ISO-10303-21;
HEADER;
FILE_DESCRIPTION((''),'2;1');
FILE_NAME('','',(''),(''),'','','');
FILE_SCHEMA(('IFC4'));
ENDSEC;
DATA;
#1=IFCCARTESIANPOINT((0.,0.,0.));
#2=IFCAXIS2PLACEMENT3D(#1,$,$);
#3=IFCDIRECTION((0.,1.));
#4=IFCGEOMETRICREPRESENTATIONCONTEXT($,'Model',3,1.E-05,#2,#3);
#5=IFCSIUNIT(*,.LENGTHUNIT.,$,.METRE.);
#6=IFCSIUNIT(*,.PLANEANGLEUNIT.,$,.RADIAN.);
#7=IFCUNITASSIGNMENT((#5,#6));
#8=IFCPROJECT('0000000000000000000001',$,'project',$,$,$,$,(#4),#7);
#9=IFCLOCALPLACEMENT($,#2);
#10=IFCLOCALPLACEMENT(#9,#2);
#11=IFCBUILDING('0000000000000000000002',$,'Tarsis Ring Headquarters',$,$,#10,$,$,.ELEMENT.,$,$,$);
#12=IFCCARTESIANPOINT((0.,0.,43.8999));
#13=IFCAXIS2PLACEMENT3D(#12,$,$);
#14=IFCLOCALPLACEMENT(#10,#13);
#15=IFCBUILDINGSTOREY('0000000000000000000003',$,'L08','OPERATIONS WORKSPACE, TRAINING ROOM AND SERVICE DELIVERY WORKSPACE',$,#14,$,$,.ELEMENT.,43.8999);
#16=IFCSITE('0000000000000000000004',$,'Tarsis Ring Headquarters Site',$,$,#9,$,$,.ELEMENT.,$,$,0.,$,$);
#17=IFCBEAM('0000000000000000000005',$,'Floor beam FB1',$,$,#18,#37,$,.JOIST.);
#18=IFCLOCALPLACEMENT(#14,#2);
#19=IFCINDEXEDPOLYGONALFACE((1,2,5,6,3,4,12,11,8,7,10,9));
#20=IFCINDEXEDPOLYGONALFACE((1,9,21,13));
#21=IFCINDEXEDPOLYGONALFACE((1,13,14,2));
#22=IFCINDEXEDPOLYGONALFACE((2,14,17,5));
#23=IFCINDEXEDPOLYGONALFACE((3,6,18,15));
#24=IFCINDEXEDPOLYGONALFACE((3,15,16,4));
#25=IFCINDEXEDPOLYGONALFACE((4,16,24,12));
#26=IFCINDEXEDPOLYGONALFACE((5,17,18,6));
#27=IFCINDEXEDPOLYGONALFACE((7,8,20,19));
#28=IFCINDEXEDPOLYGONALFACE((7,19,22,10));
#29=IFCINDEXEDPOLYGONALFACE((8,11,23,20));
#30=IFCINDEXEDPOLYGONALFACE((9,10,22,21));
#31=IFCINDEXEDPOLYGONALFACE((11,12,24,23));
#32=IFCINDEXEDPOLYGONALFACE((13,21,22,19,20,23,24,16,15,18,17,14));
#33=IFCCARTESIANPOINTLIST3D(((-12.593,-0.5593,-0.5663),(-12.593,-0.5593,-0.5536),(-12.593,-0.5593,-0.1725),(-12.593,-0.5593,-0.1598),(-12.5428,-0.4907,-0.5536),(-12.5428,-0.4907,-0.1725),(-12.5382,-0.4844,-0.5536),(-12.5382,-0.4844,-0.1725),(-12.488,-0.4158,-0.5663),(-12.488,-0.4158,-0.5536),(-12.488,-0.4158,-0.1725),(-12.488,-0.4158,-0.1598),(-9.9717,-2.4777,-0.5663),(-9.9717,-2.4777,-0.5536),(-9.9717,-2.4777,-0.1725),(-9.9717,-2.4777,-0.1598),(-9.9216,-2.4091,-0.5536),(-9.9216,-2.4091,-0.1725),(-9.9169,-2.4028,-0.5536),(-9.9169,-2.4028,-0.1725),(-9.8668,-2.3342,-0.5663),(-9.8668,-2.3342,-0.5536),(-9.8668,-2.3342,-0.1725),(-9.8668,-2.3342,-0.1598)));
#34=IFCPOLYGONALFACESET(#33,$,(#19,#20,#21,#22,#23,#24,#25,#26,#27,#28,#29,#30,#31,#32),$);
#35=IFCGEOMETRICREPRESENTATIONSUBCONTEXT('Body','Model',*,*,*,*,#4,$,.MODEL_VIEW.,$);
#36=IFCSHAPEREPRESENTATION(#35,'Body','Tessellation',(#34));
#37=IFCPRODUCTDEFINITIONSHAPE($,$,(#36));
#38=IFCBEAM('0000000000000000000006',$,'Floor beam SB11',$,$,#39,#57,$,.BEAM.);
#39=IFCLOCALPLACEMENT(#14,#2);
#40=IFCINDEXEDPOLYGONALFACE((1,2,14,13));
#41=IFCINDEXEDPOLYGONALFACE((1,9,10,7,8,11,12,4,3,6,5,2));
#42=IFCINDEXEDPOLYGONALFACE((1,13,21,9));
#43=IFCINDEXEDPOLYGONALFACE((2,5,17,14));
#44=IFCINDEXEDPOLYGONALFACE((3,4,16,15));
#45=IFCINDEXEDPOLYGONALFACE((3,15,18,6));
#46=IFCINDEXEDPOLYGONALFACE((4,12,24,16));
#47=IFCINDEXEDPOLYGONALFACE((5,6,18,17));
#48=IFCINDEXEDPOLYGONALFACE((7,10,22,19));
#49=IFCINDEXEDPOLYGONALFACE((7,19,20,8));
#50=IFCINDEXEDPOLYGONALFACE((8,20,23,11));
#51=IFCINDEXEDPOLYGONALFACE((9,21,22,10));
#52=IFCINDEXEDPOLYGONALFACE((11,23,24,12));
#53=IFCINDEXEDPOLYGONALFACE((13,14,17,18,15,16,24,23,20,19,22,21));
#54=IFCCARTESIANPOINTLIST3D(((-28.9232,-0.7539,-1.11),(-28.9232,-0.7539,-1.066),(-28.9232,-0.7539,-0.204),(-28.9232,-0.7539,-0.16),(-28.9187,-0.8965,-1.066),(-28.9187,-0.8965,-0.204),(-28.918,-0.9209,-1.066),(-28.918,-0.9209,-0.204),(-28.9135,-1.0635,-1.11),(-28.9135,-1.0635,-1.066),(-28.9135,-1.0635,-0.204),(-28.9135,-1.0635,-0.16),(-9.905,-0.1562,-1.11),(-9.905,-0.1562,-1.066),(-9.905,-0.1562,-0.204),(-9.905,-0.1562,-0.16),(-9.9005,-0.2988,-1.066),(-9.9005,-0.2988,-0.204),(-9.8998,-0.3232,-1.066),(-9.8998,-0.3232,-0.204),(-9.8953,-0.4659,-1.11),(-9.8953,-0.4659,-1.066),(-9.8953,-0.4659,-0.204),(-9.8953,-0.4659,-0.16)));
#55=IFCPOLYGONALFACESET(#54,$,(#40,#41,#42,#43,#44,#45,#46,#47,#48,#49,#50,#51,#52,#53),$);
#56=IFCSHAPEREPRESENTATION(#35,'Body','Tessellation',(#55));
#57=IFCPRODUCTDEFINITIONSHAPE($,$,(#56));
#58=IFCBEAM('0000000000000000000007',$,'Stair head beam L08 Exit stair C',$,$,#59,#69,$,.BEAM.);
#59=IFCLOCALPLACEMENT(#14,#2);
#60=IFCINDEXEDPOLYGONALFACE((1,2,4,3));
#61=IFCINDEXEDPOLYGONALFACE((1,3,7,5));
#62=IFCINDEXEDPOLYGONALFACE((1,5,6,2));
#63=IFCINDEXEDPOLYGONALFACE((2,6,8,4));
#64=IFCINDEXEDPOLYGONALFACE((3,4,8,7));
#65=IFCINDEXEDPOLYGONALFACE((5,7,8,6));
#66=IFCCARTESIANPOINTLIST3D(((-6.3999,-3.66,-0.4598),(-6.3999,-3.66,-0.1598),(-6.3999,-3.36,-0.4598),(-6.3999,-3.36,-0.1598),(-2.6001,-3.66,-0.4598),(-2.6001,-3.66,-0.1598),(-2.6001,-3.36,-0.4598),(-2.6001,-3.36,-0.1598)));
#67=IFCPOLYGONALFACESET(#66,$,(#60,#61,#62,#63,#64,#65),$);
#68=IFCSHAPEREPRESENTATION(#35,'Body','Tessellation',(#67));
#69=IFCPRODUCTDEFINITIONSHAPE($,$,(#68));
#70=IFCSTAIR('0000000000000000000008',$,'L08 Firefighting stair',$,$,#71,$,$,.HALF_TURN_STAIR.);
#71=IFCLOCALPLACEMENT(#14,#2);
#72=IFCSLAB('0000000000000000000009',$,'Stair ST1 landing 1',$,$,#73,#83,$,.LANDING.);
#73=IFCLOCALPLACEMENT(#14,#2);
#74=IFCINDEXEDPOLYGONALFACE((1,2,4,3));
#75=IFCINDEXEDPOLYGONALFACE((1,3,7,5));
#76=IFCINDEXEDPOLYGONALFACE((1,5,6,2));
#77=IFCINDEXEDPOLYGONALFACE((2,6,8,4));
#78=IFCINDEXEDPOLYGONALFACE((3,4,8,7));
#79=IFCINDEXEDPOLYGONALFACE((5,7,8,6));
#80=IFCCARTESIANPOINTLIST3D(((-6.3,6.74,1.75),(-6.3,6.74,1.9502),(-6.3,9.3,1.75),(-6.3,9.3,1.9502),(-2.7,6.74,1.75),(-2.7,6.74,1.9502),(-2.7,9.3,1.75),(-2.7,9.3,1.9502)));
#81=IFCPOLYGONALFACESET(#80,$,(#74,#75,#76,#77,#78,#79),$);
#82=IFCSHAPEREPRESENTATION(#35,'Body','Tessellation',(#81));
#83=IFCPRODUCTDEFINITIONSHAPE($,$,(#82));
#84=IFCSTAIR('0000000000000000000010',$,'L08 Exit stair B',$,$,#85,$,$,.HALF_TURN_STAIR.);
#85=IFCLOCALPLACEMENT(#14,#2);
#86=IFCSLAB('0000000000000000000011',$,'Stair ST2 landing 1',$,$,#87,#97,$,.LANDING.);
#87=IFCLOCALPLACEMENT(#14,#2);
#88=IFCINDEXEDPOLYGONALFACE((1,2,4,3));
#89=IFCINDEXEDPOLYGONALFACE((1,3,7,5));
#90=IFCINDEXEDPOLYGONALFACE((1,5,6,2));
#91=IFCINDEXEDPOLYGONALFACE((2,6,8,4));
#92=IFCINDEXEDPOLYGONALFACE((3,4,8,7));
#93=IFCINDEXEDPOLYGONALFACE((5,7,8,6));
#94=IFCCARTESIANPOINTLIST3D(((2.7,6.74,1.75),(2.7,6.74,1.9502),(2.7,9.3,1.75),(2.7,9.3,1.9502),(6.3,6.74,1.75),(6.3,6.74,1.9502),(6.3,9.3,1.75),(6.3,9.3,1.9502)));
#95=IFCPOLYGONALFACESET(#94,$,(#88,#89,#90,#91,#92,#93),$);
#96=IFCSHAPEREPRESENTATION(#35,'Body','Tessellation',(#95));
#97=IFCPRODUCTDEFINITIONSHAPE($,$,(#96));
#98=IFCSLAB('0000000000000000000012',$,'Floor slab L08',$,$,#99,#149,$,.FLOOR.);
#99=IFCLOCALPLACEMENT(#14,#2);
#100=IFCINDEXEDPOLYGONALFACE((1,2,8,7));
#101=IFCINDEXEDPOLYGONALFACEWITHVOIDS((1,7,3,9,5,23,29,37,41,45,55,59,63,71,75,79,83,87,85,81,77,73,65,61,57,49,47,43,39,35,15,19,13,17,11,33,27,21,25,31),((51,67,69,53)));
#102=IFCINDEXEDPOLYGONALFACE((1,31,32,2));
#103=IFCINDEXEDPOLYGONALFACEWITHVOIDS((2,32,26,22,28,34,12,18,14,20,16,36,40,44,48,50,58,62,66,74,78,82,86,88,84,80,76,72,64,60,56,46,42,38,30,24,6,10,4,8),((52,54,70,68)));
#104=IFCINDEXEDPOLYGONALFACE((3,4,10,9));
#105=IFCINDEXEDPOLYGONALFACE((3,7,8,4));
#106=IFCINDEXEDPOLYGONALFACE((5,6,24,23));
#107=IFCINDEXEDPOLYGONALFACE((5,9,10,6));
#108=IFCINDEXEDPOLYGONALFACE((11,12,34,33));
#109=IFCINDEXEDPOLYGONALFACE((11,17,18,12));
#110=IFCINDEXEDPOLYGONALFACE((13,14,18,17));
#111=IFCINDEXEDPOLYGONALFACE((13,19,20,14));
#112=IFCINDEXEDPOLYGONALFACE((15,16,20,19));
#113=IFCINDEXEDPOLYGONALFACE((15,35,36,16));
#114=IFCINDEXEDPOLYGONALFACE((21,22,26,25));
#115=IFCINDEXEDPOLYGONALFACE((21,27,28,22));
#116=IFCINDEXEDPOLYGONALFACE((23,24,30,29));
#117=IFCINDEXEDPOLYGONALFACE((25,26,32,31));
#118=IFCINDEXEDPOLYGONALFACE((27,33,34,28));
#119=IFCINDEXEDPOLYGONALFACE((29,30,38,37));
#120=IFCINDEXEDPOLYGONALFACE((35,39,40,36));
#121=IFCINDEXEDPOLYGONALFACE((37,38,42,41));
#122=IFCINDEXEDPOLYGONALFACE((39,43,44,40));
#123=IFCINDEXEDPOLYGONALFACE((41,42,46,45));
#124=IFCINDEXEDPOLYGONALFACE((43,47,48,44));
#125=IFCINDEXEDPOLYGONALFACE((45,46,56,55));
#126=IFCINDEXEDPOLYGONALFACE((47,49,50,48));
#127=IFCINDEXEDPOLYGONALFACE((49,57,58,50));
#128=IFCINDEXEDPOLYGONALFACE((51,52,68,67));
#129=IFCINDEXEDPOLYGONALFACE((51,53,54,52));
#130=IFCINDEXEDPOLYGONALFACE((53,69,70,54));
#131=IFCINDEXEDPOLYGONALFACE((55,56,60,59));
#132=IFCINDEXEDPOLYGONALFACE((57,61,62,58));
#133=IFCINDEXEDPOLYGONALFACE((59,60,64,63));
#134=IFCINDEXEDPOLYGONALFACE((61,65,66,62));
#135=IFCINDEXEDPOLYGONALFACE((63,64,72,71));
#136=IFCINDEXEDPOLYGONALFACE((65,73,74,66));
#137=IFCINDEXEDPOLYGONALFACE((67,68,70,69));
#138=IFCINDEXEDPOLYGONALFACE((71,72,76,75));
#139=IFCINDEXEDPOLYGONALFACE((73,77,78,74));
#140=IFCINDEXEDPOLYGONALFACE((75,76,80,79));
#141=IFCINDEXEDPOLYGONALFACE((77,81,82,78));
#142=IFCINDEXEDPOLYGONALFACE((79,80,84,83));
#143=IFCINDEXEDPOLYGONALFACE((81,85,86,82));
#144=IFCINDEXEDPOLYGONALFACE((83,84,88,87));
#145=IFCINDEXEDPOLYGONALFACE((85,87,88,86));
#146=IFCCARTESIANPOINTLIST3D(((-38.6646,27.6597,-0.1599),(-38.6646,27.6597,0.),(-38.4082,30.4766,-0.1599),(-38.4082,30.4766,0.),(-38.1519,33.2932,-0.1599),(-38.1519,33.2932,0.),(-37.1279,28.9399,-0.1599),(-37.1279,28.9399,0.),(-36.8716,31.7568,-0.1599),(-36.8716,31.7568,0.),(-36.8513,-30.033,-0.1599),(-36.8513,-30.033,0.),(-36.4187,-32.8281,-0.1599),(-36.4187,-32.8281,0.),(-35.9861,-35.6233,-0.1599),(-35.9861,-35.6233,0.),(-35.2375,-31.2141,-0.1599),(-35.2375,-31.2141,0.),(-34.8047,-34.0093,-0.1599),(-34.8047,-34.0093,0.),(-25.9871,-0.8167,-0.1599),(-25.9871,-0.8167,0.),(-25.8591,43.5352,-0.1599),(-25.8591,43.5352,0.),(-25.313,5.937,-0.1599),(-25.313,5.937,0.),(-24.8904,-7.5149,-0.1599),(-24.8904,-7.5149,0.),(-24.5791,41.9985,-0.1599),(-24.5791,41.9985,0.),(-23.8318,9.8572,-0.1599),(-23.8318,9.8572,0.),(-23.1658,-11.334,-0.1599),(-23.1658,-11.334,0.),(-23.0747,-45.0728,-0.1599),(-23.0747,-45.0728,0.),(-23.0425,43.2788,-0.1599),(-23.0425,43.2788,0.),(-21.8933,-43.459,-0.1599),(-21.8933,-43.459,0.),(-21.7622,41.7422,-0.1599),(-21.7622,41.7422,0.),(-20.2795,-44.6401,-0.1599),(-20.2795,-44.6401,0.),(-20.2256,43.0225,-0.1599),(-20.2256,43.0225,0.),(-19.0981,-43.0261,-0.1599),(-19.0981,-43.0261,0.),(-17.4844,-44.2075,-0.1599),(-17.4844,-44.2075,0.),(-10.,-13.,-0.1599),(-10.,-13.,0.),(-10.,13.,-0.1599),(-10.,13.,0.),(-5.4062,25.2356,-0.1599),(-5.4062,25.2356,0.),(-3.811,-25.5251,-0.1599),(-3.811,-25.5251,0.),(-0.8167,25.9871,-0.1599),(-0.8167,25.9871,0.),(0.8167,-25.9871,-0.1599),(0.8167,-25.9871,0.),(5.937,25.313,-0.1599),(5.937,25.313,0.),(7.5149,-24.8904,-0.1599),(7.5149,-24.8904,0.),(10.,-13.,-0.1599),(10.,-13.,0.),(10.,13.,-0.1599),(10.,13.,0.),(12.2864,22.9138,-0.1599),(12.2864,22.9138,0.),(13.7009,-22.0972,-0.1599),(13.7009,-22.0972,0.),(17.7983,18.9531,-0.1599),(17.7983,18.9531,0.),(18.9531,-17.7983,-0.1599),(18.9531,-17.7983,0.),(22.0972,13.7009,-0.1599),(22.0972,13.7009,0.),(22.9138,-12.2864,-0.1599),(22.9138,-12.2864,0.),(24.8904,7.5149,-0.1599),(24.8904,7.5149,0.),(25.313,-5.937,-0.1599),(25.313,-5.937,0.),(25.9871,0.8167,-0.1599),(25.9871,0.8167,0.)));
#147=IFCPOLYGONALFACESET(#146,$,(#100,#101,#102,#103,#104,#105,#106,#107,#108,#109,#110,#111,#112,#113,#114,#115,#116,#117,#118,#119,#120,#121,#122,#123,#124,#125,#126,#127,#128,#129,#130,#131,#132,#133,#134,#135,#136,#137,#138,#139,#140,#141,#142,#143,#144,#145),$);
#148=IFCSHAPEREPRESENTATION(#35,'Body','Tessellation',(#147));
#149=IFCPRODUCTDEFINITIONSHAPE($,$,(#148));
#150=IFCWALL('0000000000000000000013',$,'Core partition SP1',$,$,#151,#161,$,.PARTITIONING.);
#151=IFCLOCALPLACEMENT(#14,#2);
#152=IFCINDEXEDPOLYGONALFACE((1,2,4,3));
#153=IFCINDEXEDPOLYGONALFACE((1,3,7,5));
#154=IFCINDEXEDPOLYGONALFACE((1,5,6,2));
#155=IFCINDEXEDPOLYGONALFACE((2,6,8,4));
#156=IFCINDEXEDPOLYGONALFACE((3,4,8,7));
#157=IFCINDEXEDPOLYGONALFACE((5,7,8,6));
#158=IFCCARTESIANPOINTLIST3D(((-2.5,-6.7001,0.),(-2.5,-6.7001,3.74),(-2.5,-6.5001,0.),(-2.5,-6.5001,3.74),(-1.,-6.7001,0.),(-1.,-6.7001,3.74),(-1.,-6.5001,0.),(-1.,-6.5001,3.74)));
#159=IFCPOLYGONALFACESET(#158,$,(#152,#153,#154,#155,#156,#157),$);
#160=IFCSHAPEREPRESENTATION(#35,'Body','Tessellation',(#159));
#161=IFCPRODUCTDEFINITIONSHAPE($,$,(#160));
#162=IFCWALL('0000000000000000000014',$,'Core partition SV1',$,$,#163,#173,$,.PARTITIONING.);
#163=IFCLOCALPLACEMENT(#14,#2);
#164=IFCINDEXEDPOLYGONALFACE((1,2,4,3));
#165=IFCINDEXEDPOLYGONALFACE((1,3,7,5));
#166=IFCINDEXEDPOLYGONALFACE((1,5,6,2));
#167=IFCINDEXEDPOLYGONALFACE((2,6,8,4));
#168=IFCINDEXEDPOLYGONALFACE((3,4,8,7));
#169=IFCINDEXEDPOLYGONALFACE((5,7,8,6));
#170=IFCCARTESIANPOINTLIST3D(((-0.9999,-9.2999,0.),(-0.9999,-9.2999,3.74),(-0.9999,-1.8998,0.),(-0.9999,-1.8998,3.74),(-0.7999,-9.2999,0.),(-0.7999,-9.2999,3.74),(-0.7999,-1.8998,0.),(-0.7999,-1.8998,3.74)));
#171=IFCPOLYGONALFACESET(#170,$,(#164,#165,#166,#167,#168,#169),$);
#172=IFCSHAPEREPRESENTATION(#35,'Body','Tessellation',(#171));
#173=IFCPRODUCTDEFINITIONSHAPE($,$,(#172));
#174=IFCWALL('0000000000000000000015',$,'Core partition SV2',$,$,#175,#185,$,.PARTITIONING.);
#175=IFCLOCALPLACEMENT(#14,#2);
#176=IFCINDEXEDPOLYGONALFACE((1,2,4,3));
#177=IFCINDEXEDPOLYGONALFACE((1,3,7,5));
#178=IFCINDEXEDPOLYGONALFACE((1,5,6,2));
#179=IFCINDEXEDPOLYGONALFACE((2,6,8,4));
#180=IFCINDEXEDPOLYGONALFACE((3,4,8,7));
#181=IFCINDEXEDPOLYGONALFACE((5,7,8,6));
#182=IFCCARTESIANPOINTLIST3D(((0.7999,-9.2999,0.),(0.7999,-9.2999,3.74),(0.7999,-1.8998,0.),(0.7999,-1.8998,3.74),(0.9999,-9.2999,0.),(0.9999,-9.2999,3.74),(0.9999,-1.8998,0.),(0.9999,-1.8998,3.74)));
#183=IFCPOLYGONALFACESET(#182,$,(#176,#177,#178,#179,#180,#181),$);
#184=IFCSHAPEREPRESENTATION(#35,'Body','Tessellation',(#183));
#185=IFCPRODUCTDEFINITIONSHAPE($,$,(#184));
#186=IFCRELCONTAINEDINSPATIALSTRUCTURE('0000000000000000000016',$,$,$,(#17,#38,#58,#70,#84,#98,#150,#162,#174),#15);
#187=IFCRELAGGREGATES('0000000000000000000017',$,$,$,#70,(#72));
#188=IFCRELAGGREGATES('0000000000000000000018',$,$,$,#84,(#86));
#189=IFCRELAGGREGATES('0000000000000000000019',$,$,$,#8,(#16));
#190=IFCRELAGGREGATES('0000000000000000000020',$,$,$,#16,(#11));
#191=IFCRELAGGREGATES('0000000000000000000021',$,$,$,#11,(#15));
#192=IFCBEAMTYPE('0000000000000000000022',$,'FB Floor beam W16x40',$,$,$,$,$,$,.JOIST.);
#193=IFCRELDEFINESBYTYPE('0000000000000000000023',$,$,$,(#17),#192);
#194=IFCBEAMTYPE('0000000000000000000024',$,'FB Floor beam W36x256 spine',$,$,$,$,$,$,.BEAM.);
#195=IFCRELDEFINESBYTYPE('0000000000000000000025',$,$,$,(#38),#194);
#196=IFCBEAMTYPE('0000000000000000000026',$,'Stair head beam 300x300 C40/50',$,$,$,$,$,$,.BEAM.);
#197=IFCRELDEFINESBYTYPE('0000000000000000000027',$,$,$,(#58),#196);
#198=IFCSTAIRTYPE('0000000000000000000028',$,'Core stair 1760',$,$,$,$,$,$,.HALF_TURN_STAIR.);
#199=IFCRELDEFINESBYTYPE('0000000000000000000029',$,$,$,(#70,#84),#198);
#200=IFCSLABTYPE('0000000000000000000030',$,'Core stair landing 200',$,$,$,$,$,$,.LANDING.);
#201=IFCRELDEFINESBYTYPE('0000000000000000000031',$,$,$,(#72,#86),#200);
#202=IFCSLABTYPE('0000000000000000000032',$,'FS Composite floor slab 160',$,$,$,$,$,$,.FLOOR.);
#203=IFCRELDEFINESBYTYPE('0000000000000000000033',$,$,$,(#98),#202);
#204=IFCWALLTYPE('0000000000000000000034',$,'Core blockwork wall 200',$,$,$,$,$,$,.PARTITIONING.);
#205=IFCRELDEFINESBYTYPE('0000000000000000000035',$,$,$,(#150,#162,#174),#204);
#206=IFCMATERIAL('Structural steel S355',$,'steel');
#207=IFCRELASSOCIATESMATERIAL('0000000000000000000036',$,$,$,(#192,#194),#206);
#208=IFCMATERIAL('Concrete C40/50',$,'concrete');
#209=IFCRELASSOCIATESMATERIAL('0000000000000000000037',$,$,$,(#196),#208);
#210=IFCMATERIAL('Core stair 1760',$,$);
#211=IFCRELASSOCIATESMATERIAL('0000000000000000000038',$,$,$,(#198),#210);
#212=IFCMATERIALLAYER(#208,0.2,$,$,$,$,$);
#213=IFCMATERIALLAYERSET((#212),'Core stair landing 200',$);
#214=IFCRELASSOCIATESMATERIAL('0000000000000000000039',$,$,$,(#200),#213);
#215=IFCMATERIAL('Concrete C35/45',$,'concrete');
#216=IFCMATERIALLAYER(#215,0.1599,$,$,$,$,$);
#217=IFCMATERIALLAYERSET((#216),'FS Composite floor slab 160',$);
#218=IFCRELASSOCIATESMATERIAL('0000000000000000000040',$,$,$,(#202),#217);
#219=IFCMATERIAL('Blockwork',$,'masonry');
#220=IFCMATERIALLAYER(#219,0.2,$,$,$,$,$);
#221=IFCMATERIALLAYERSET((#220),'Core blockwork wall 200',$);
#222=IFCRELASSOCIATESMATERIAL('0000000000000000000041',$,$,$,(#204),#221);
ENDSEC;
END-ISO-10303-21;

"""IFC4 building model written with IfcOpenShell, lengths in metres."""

from ifc_helpers import new_model, si_unit, direction, frame, frame_2d, origin, origin_2d, place, context, subcontext, project, spatial, polyline, rectangle, i_section, outline, extrude, material, layer, layer_set, material_profile, profile_set, type_object, element, aggregate, save


model = new_model("IFC4")

# Units and contexts
model_context = context("Model", 3, precision=1e-05, world=origin(), true_north=direction((0.0, 1.0)))
body_context = subcontext(model_context, "Body", "Model", "MODEL_VIEW")
ifc_project = project(units=[si_unit("LENGTHUNIT", "METRE"), si_unit("PLANEANGLEUNIT", "RADIAN")], contexts=[model_context])

# Site, building, storey
site_placement = place(None, origin())
site = spatial("IfcSite", under=ifc_project, at=site_placement, Name="Tarsis Ring Headquarters Site", CompositionType="ELEMENT", RefElevation=0.0)
building_placement = place(site_placement, origin())
building = spatial("IfcBuilding", under=site, at=building_placement, Name="Tarsis Ring Headquarters", CompositionType="ELEMENT")
storey_placement = place(building_placement, frame((0.0, 0.0, 43.8999)))
storey = spatial("IfcBuildingStorey", under=building, at=storey_placement, Name="L08", Description="OPERATIONS WORKSPACE, TRAINING ROOM AND SERVICE DELIVERY WORKSPACE", CompositionType="ELEMENT", Elevation=43.8999)

# Beams
ifc_material_1 = material(Name="Structural steel S355", Category="steel")
ifc_material_profile_1 = material_profile(ifc_material_1, i_section(OverallWidth=0.1777, OverallDepth=0.4065, WebThickness=0.0078, FlangeThickness=0.0127, at=origin_2d()), Name="W16x40")
ifc_profile_set_1 = profile_set([ifc_material_profile_1], Name="Structural steel S355")
beam_type_1 = type_object("IfcBeamType", Name="FB Floor beam W16x40", PredefinedType="JOIST", material=ifc_profile_set_1)
beam_1_placement = place(storey_placement, frame((-12.5405, -0.4875, -0.363), z_axis=(0.806971, -0.590591, 0.0), x_axis=(0.590591, 0.806971, 0.0)))
element("IfcBeam", 1, at=beam_1_placement, inside=storey, type_object=beam_type_1, Name="Floor beam FB1", PredefinedType="JOIST", context=body_context, shape_type="SweptSolid", body=[
    extrude(i_section(OverallWidth=0.1777, OverallDepth=0.4065, WebThickness=0.0078, FlangeThickness=0.0127, at=origin_2d()), origin(), (0.0, 0.0, 1.0), 3.2483),
])
ifc_material_profile_2 = material_profile(ifc_material_1, i_section(OverallWidth=0.3098, OverallDepth=0.95, WebThickness=0.0244, FlangeThickness=0.0439, at=origin_2d()), Name="W36x256")
ifc_profile_set_2 = profile_set([ifc_material_profile_2], Name="Structural steel S355")
beam_type_2 = type_object("IfcBeamType", Name="FB Floor beam W36x256 spine", PredefinedType="BEAM", material=ifc_profile_set_2)
beam_2_placement = place(storey_placement, frame((-9.9001, -0.311, -0.635), z_axis=(-0.999507, -0.03141, 0.0), x_axis=(0.03141, -0.999507, 0.0)))
element("IfcBeam", 2, at=beam_2_placement, inside=storey, type_object=beam_type_2, Name="Floor beam SB11", PredefinedType="BEAM", context=body_context, shape_type="SweptSolid", body=[
    extrude(i_section(OverallWidth=0.3098, OverallDepth=0.95, WebThickness=0.0244, FlangeThickness=0.0439, at=origin_2d()), origin(), (0.0, 0.0, 1.0), 19.0276),
])
ifc_material_2 = material(Name="Concrete C40/50", Category="concrete")
ifc_material_profile_3 = material_profile(ifc_material_2, rectangle(XDim=0.3, YDim=0.3, at=origin_2d()), Name="Stair head beam 300x300 C40/50")
ifc_profile_set_3 = profile_set([ifc_material_profile_3], Name="Concrete C40/50")
beam_type_3 = type_object("IfcBeamType", Name="Stair head beam 300x300 C40/50", PredefinedType="BEAM", material=ifc_profile_set_3)
beam_3_placement = place(storey_placement, frame((-6.3999, -3.51, -0.3098), z_axis=(1.0, 0.0, 0.0), x_axis=(0.0, 1.0, 0.0)))
element("IfcBeam", 3, at=beam_3_placement, inside=storey, type_object=beam_type_3, Name="Stair head beam L08 Exit stair C", PredefinedType="BEAM", context=body_context, shape_type="SweptSolid", body=[
    extrude(rectangle(XDim=0.3, YDim=0.3, at=origin_2d()), origin(), (0.0, 0.0, 1.0), 3.7998),
])

# Stairs, slabs
ifc_material_3 = material(Name="Core stair 1760")
stair_type = type_object("IfcStairType", Name="Core stair 1760", PredefinedType="HALF_TURN_STAIR", material=ifc_material_3)
stair_1_placement = place(storey_placement, origin())
stair_1 = element("IfcStair", 4, at=stair_1_placement, inside=storey, type_object=stair_type, Name="L08 Firefighting stair", PredefinedType="HALF_TURN_STAIR")
ifc_layer_1 = layer(ifc_material_2, 0.2)
ifc_layer_set_1 = layer_set([ifc_layer_1], Name="Core stair landing 200")
slab_type_1 = type_object("IfcSlabType", Name="Core stair landing 200", PredefinedType="LANDING", material=ifc_layer_set_1)
slab_1_placement = place(storey_placement, frame((0.0, 0.0, 1.75)))
slab_1 = element("IfcSlab", 5, at=slab_1_placement, type_object=slab_type_1, Name="Stair ST1 landing 1", PredefinedType="LANDING", context=body_context, shape_type="SweptSolid", body=[
    extrude(outline(polyline([(-2.7, 6.74), (-2.7, 9.3), (-6.3, 9.3), (-6.3, 6.74), (-2.7, 6.74)])), origin(), (0.0, 0.0, 1.0), 0.2002),
])
aggregate(stair_1, [slab_1])
stair_2_placement = place(storey_placement, origin())
stair_2 = element("IfcStair", 6, at=stair_2_placement, inside=storey, type_object=stair_type, Name="L08 Exit stair B", PredefinedType="HALF_TURN_STAIR")
slab_2_placement = place(storey_placement, frame((0.0, 0.0, 1.75)))
slab_2 = element("IfcSlab", 7, at=slab_2_placement, type_object=slab_type_1, Name="Stair ST2 landing 1", PredefinedType="LANDING", context=body_context, shape_type="SweptSolid", body=[
    extrude(outline(polyline([(6.3, 6.74), (6.3, 9.3), (2.7, 9.3), (2.7, 6.74), (6.3, 6.74)])), origin(), (0.0, 0.0, 1.0), 0.2002),
])
aggregate(stair_2, [slab_2])

# Slab
ifc_material_4 = material(Name="Concrete C35/45", Category="concrete")
ifc_layer_2 = layer(ifc_material_4, 0.1599)
ifc_layer_set_2 = layer_set([ifc_layer_2], Name="FS Composite floor slab 160")
slab_type_2 = type_object("IfcSlabType", Name="FS Composite floor slab 160", PredefinedType="FLOOR", material=ifc_layer_set_2)
slab_3_placement = place(storey_placement, frame((0.0, 0.0, -0.1599)))
element("IfcSlab", 8, at=slab_3_placement, inside=storey, type_object=slab_type_2, Name="Floor slab L08", PredefinedType="FLOOR", context=body_context, shape_type="SweptSolid", body=[
    extrude(outline(polyline([(-23.8318, 9.8572), (-25.313, 5.937), (-25.9871, -0.8167), (-24.8904, -7.5149), (-23.1658, -11.334), (-36.8513, -30.033), (-35.2375, -31.2141), (-36.4187, -32.8281), (-34.8047, -34.0093), (-35.9861, -35.6233), (-23.0747, -45.0728), (-21.8933, -43.459), (-20.2795, -44.6401), (-19.0981, -43.0261), (-17.4844, -44.2075), (-3.811, -25.5251), (0.8167, -25.9871), (7.5149, -24.8904), (13.7009, -22.0972), (18.9531, -17.7983), (22.9138, -12.2864), (25.313, -5.937), (25.9871, 0.8167), (24.8904, 7.5149), (22.0972, 13.7009), (17.7983, 18.9531), (12.2864, 22.9138), (5.937, 25.313), (-0.8167, 25.9871), (-5.4062, 25.2356), (-20.2256, 43.0225), (-21.7622, 41.7422), (-23.0425, 43.2788), (-24.5791, 41.9985), (-25.8591, 43.5352), (-38.1519, 33.2932), (-36.8716, 31.7568), (-38.4082, 30.4766), (-37.1279, 28.9399), (-38.6646, 27.6597), (-23.8318, 9.8572)]), holes=[polyline([(-10.0, -13.0), (-10.0, 13.0), (10.0, 13.0), (10.0, -13.0), (-10.0, -13.0)])]), origin(), (0.0, 0.0, 1.0), 0.1599),
])

# Walls
ifc_material_5 = material(Name="Blockwork", Category="masonry")
ifc_layer_3 = layer(ifc_material_5, 0.2)
ifc_layer_set_3 = layer_set([ifc_layer_3], Name="Core blockwork wall 200")
wall_type_1 = type_object("IfcWallType", Name="Core blockwork wall 200", PredefinedType="PARTITIONING", material=ifc_layer_set_3)
wall_1_placement = place(storey_placement, frame((-2.5, -6.6001, 0.0), z_axis=(0.0, 0.0, 1.0), x_axis=(1.0, 0.0, 0.0)))
element("IfcWall", 9, at=wall_1_placement, inside=storey, type_object=wall_type_1, Name="Core partition SP1", PredefinedType="PARTITIONING", context=body_context, shape_type="SweptSolid", body=[
    extrude(rectangle(XDim=1.5, YDim=0.2, at=frame_2d((0.75, 0.0))), origin(), (0.0, 0.0, 1.0), 3.74),
])
for number, where, z_axis, x_axis, name in (
    (10, (-0.8999, -9.3, 0.0), (0.0, 0.0, 1.0), (0.0, 1.0, 0.0), "Core partition SV1"),
    (11, (0.8999, -9.3, 0.0), (0.0, 0.0, 1.0), (0.0, 1.0, 0.0), "Core partition SV2"),
):
    element("IfcWall", number, at=place(storey_placement, frame(where, z_axis=z_axis, x_axis=x_axis)), inside=storey, type_object=wall_type_1, Name=name, PredefinedType="PARTITIONING", context=body_context, shape_type="SweptSolid", body=[
        extrude(rectangle(XDim=7.4001, YDim=0.2, at=frame_2d((3.7002, 0.0))), origin(), (0.0, 0.0, 1.0), 3.74),
    ])

save(model, "model.ifc")
